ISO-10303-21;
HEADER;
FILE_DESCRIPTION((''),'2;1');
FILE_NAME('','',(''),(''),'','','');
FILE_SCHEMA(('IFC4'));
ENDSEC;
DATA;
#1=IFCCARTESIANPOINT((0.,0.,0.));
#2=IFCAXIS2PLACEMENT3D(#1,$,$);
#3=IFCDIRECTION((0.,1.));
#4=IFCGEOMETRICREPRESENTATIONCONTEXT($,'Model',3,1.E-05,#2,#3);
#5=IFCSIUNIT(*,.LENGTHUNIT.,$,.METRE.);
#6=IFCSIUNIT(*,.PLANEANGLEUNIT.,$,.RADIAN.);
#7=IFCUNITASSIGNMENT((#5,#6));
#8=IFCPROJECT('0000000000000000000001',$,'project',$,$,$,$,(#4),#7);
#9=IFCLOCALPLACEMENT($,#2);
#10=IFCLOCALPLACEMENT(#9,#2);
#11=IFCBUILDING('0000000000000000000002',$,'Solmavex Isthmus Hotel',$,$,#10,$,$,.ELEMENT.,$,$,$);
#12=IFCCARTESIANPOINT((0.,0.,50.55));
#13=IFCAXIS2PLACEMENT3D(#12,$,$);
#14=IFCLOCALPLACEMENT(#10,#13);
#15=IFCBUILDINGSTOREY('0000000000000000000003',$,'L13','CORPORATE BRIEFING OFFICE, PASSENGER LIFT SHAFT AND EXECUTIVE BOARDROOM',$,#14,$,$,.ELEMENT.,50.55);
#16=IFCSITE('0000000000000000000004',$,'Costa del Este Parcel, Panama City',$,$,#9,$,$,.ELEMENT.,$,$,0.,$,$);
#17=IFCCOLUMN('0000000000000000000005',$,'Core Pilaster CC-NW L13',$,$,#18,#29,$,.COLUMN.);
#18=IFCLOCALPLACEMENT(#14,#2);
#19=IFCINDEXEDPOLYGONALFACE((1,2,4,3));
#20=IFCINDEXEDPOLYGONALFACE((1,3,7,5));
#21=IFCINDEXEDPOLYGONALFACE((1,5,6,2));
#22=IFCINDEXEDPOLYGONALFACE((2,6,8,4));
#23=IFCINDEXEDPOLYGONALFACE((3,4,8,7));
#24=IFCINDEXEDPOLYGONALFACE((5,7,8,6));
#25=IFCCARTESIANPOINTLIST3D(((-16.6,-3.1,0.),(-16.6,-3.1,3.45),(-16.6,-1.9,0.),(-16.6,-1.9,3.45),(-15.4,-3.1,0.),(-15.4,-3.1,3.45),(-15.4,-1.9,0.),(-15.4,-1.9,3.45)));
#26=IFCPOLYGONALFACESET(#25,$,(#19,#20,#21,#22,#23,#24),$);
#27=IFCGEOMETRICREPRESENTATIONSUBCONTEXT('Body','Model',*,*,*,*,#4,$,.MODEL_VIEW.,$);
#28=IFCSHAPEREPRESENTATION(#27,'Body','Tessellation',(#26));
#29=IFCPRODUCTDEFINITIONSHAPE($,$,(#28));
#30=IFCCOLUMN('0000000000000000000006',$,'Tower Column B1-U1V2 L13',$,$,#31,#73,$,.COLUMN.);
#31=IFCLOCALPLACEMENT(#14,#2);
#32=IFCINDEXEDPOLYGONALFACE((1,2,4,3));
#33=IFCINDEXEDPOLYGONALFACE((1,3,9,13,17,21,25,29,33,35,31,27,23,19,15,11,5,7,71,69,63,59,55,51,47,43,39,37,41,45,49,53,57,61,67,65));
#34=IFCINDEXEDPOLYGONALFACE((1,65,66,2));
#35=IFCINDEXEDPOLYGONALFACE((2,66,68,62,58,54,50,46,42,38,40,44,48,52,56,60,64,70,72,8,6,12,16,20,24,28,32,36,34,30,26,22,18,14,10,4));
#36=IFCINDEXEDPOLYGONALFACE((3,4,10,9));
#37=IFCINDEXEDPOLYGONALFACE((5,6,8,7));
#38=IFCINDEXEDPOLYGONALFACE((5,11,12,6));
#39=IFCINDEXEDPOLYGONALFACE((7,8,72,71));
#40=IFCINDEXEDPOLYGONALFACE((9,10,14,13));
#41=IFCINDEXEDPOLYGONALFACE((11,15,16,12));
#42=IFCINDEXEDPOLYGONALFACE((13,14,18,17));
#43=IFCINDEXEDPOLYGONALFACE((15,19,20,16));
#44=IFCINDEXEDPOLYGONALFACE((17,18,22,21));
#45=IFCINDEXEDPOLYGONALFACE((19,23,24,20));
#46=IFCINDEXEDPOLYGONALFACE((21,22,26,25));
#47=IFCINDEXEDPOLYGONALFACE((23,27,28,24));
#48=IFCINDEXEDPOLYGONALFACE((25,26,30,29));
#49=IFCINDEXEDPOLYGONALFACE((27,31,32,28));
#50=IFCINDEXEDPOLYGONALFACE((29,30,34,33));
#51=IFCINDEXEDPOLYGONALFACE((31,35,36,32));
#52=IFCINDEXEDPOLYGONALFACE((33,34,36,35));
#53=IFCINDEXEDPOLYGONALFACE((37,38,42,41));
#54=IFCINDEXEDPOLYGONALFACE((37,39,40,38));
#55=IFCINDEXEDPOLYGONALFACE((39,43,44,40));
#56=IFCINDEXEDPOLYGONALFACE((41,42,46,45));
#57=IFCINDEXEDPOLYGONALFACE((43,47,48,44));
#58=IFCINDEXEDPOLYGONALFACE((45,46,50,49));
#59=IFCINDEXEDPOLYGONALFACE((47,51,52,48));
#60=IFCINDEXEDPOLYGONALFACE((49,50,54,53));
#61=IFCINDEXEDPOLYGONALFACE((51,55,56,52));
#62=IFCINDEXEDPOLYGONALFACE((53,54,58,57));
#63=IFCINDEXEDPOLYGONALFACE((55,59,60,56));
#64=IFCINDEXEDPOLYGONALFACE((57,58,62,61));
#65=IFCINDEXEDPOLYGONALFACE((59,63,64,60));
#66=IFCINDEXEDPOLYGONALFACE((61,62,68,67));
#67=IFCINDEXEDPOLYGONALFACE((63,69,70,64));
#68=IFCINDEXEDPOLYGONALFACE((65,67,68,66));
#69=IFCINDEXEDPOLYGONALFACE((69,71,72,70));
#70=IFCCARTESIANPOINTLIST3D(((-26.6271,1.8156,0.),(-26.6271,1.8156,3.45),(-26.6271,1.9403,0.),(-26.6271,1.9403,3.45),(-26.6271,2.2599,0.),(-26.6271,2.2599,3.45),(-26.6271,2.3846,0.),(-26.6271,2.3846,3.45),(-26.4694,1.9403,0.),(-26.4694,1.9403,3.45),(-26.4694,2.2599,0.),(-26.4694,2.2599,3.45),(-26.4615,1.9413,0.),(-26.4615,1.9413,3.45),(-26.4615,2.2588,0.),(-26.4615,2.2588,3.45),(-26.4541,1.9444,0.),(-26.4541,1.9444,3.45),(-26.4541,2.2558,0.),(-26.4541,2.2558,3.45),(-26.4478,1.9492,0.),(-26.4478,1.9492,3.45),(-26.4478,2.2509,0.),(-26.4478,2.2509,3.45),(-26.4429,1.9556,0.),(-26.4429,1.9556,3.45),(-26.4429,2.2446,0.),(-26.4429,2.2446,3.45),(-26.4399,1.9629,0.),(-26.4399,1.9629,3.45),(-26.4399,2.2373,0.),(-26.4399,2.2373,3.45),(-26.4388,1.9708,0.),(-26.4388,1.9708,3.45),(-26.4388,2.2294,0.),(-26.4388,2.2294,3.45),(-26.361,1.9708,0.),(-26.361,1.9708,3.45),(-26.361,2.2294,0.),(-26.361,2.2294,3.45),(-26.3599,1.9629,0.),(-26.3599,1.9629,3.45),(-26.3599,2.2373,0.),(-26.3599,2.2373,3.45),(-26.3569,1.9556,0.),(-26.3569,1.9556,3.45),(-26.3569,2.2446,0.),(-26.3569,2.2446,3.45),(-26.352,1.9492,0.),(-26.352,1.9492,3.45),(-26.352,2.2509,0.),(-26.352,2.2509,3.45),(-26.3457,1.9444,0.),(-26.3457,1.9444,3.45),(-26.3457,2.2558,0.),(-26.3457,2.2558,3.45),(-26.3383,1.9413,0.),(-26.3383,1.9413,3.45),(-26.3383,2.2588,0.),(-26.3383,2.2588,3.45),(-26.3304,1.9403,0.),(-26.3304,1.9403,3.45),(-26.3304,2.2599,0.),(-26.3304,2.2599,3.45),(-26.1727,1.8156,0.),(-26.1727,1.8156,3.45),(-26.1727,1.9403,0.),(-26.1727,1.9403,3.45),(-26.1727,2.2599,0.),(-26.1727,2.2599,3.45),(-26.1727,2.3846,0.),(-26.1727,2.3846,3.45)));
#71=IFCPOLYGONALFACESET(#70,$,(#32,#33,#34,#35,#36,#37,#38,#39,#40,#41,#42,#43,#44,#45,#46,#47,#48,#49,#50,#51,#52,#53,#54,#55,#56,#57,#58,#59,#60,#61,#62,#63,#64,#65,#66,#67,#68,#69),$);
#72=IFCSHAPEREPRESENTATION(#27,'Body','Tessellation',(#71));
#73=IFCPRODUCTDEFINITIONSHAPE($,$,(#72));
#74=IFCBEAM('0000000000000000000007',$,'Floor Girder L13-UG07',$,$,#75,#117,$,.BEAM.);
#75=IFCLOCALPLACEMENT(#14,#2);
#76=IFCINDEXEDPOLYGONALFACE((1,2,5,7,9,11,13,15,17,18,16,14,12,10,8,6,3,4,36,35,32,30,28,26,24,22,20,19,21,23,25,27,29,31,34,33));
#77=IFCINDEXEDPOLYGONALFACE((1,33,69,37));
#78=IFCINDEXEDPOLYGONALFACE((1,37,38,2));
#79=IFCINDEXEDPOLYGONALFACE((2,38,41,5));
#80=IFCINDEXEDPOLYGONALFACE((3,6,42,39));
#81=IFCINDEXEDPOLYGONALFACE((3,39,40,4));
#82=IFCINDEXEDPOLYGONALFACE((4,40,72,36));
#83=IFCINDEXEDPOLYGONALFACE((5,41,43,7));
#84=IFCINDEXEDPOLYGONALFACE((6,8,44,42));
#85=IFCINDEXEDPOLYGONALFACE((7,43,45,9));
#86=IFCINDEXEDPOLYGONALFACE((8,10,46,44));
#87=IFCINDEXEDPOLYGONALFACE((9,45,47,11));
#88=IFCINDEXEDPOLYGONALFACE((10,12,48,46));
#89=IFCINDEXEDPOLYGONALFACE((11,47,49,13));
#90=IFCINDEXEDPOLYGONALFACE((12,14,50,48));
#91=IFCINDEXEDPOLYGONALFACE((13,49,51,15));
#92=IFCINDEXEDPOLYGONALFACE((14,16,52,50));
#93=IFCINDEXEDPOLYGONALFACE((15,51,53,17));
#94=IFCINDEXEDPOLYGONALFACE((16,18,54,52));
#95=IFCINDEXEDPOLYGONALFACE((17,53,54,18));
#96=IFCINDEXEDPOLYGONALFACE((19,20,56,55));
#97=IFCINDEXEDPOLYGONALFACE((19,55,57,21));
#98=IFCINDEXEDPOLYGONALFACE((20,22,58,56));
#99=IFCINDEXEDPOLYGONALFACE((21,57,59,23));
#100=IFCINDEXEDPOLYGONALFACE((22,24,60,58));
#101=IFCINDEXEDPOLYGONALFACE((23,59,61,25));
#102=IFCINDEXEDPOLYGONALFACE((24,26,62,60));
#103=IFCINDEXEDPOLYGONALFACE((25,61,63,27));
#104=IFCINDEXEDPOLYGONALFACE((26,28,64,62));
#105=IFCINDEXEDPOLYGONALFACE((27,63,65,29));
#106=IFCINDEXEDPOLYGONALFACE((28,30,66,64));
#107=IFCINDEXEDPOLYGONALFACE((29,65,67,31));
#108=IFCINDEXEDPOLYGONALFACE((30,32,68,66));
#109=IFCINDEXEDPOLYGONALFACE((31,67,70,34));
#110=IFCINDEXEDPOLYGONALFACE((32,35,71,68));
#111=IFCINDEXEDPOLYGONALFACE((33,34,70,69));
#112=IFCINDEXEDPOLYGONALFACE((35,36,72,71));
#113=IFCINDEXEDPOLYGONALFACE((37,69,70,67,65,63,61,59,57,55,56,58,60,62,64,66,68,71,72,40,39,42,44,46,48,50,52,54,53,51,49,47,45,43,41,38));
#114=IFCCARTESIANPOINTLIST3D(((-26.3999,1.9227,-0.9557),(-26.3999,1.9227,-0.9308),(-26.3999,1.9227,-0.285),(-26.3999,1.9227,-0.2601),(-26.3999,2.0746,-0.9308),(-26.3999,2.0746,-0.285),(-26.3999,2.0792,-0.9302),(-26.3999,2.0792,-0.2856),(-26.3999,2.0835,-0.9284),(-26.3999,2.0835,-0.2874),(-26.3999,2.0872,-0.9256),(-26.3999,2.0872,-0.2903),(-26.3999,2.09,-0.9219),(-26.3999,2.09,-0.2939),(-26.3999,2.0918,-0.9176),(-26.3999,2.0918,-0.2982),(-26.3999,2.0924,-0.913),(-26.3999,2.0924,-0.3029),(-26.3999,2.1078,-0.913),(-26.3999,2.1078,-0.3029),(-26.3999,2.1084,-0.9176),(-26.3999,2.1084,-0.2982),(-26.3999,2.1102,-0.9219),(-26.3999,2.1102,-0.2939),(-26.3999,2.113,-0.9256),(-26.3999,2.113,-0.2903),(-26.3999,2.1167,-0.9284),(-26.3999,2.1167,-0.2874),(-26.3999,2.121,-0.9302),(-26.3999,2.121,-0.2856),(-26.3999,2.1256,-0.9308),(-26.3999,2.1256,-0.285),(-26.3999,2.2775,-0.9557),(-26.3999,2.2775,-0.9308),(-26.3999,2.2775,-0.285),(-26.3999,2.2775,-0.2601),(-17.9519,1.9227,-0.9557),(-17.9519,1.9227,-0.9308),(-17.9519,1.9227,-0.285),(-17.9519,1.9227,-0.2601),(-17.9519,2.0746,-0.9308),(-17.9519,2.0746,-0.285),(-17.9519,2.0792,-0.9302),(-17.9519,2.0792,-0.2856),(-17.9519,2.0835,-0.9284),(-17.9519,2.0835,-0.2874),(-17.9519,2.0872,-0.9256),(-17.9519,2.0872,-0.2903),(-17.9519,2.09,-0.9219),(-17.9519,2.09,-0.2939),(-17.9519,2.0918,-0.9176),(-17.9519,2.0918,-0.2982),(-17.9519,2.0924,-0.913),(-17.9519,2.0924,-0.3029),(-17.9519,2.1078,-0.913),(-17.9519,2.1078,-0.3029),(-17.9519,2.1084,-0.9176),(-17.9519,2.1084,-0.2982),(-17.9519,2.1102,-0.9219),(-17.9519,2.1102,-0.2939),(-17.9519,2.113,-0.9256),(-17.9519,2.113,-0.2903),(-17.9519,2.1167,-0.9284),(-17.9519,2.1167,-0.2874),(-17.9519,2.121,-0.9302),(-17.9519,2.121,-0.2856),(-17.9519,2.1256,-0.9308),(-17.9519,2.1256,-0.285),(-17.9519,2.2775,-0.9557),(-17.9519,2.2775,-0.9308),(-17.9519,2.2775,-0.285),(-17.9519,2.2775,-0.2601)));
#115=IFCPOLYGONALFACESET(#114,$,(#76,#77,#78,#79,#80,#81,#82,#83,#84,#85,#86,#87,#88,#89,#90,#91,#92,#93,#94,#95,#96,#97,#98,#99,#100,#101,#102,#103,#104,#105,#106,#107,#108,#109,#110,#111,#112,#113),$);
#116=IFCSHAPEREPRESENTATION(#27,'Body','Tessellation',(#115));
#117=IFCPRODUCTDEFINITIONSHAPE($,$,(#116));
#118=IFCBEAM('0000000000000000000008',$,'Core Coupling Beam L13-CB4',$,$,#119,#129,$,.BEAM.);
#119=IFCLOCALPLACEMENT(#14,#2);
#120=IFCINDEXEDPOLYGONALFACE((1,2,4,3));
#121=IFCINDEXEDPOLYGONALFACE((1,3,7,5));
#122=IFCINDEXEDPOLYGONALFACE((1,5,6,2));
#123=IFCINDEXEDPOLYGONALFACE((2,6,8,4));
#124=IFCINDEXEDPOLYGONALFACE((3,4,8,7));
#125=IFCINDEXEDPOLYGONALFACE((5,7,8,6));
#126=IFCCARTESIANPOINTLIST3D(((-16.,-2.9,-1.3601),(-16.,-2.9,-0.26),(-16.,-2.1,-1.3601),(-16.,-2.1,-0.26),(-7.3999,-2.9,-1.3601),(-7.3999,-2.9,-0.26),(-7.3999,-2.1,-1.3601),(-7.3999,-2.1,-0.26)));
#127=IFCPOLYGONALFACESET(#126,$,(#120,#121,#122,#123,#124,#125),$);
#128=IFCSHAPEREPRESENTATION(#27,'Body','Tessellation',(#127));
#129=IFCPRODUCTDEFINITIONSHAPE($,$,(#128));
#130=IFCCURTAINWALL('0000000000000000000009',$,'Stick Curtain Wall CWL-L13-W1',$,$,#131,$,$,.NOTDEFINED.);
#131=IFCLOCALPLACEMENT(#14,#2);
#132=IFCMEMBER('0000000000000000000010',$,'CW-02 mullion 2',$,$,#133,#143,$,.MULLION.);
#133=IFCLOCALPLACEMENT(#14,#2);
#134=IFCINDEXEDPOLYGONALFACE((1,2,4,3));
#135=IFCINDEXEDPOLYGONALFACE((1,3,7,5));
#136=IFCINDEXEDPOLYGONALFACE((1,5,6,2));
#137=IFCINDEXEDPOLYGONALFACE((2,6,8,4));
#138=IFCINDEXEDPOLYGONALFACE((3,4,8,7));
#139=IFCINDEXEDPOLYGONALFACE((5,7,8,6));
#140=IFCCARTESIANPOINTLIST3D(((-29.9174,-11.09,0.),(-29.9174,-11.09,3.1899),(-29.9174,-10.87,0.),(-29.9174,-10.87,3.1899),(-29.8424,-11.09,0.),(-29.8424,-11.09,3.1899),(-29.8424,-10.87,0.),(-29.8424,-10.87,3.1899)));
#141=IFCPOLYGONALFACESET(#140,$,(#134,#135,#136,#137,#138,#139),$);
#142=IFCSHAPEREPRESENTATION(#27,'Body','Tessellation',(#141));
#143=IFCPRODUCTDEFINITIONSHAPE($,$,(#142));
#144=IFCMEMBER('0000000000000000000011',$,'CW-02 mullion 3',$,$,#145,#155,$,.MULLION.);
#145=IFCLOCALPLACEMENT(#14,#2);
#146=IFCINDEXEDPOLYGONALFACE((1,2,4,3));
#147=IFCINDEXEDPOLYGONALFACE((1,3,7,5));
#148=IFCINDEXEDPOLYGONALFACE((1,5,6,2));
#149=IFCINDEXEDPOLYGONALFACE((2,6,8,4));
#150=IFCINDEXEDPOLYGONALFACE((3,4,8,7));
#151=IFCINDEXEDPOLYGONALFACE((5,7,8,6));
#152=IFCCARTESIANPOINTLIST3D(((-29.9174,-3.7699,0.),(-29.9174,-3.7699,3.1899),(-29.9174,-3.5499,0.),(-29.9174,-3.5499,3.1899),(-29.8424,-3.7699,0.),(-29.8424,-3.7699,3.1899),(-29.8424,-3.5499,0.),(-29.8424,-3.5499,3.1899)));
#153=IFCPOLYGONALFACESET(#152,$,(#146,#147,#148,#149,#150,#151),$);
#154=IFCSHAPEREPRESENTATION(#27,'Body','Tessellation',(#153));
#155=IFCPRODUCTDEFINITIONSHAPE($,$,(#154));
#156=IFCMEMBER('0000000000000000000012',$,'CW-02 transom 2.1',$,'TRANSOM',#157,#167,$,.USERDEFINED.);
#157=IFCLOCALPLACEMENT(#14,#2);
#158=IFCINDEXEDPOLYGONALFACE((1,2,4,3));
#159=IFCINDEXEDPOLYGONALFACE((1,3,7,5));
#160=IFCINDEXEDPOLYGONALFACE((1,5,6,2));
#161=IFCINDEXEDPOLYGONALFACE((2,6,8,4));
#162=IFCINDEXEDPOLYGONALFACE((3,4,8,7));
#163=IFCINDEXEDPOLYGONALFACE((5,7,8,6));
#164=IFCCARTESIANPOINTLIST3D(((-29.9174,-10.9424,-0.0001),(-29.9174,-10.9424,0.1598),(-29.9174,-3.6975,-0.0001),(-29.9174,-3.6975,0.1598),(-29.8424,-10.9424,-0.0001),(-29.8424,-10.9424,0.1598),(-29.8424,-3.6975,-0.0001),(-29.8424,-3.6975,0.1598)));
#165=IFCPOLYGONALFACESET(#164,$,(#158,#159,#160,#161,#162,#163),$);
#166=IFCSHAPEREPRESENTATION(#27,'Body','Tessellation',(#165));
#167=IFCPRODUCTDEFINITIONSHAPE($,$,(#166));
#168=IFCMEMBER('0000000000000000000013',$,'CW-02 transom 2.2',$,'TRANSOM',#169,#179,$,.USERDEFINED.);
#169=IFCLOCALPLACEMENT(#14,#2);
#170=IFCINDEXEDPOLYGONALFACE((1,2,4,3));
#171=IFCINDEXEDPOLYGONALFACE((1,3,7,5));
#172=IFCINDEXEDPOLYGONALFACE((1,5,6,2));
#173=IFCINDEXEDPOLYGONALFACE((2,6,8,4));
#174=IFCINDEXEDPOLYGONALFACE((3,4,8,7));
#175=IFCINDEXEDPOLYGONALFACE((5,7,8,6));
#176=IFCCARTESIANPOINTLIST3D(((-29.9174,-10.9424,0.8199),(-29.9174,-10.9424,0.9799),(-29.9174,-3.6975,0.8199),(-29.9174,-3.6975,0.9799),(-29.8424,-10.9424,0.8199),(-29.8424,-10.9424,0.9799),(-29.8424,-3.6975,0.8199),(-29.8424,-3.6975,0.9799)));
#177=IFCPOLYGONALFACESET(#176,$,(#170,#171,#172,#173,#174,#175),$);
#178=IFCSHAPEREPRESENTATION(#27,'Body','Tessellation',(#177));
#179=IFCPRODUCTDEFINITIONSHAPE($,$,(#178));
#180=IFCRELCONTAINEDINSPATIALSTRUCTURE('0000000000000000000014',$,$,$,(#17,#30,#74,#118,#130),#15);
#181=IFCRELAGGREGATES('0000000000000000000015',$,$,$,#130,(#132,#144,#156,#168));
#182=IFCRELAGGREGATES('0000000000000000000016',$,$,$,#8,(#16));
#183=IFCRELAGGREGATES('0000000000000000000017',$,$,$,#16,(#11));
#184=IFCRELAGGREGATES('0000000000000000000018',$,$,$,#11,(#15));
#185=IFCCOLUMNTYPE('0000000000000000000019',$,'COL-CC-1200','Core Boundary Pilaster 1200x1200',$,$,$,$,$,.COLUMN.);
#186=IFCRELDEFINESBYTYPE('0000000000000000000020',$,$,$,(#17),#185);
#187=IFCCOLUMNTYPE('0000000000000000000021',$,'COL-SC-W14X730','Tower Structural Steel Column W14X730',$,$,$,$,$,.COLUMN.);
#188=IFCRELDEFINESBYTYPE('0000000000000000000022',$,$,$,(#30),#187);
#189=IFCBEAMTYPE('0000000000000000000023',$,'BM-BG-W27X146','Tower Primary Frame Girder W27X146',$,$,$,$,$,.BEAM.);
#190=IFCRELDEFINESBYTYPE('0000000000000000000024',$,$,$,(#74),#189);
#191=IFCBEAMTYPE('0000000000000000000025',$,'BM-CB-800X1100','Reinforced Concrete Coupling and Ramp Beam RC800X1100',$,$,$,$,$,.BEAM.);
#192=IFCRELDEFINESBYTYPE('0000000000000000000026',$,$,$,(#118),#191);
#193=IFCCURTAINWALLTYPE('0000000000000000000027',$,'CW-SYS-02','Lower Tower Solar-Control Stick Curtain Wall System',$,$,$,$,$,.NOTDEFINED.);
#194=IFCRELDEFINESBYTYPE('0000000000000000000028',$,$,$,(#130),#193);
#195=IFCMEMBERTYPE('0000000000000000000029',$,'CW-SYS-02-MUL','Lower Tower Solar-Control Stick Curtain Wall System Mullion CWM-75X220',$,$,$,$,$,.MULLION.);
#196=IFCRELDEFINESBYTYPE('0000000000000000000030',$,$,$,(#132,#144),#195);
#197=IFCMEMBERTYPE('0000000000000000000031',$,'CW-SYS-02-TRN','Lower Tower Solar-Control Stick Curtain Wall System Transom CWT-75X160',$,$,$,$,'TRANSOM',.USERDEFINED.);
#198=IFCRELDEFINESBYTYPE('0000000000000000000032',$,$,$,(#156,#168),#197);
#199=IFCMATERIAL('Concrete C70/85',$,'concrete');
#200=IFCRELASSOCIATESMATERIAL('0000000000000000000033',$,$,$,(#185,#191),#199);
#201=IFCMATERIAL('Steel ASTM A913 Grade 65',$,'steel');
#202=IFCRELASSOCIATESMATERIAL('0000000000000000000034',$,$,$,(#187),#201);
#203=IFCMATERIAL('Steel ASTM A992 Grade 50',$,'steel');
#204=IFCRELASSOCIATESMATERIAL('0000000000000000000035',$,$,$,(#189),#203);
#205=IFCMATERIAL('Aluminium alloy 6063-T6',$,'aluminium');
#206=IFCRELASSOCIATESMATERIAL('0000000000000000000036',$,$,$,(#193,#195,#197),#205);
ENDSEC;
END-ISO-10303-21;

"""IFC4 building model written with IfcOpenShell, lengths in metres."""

from ifc_helpers import new_model, si_unit, direction, frame, origin, origin_2d, place, context, subcontext, project, spatial, rectangle, i_section, extrude, material, material_profile, profile_set, type_object, element, aggregate, save


model = new_model("IFC4")

# Units and contexts
model_context = context("Model", 3, precision=1e-05, world=origin(), true_north=direction((0.0, 1.0)))
body_context = subcontext(model_context, "Body", "Model", "MODEL_VIEW")
ifc_project = project(units=[si_unit("LENGTHUNIT", "METRE"), si_unit("PLANEANGLEUNIT", "RADIAN")], contexts=[model_context])

# Site, building, storey
site_placement = place(None, origin())
site = spatial("IfcSite", under=ifc_project, at=site_placement, Name="Costa del Este Parcel, Panama City", CompositionType="ELEMENT", RefElevation=0.0)
building_placement = place(site_placement, origin())
building = spatial("IfcBuilding", under=site, at=building_placement, Name="Solmavex Isthmus Hotel", CompositionType="ELEMENT")
storey_placement = place(building_placement, frame((0.0, 0.0, 50.55)))
storey = spatial("IfcBuildingStorey", under=building, at=storey_placement, Name="L13", Description="CORPORATE BRIEFING OFFICE, PASSENGER LIFT SHAFT AND EXECUTIVE BOARDROOM", CompositionType="ELEMENT", Elevation=50.55)

# Columns
ifc_material_1 = material(Name="Concrete C70/85", Category="concrete")
ifc_material_profile_1 = material_profile(ifc_material_1, rectangle(XDim=1.2, YDim=1.2, at=origin_2d()), Name="RC1200X1200")
ifc_profile_set_1 = profile_set([ifc_material_profile_1], Name="Concrete C70/85")
column_type_1 = type_object("IfcColumnType", Name="COL-CC-1200", Description="Core Boundary Pilaster 1200x1200", PredefinedType="COLUMN", material=ifc_profile_set_1)
column_1_placement = place(storey_placement, frame((-16.0, -2.5, 0.0), z_axis=(0.0, 0.0, 1.0), x_axis=(1.0, 0.0, 0.0)))
element("IfcColumn", 1, at=column_1_placement, inside=storey, type_object=column_type_1, Name="Core Pilaster CC-NW L13", PredefinedType="COLUMN", context=body_context, shape_type="SweptSolid", body=[
    extrude(rectangle(XDim=1.2, YDim=1.2, at=origin_2d()), origin(), (0.0, 0.0, 1.0), 3.45),
])
ifc_material_2 = material(Name="Steel ASTM A913 Grade 65", Category="steel")
ifc_material_profile_2 = material_profile(ifc_material_2, i_section(OverallWidth=0.4543, OverallDepth=0.5691, WebThickness=0.0779, FlangeThickness=0.1248, FilletRadius=0.0305, at=origin_2d()), Name="W14X730")
ifc_profile_set_2 = profile_set([ifc_material_profile_2], Name="Steel ASTM A913 Grade 65")
column_type_2 = type_object("IfcColumnType", Name="COL-SC-W14X730", Description="Tower Structural Steel Column W14X730", PredefinedType="COLUMN", material=ifc_profile_set_2)
column_2_placement = place(storey_placement, frame((-26.3999, 2.1001, 0.0), z_axis=(0.0, 0.0, 1.0), x_axis=(1.0, 0.0, 0.0)))
element("IfcColumn", 2, at=column_2_placement, inside=storey, type_object=column_type_2, Name="Tower Column B1-U1V2 L13", PredefinedType="COLUMN", context=body_context, shape_type="SweptSolid", body=[
    extrude(i_section(OverallWidth=0.4543, OverallDepth=0.5691, WebThickness=0.0779, FlangeThickness=0.1248, FilletRadius=0.0305, at=origin_2d()), origin(), (0.0, 0.0, 1.0), 3.45),
])

# Beams
ifc_material_3 = material(Name="Steel ASTM A992 Grade 50", Category="steel")
ifc_material_profile_3 = material_profile(ifc_material_3, i_section(OverallWidth=0.3547, OverallDepth=0.6956, WebThickness=0.0154, FlangeThickness=0.0249, FilletRadius=0.0178, at=origin_2d()), Name="W27X146")
ifc_profile_set_3 = profile_set([ifc_material_profile_3], Name="Steel ASTM A992 Grade 50")
beam_type_1 = type_object("IfcBeamType", Name="BM-BG-W27X146", Description="Tower Primary Frame Girder W27X146", PredefinedType="BEAM", material=ifc_profile_set_3)
beam_1_placement = place(storey_placement, frame((-26.3999, 2.1001, -0.6079), z_axis=(1.0, 0.0, 0.0), x_axis=(0.0, 1.0, 0.0)))
element("IfcBeam", 3, at=beam_1_placement, inside=storey, type_object=beam_type_1, Name="Floor Girder L13-UG07", PredefinedType="BEAM", context=body_context, shape_type="SweptSolid", body=[
    extrude(i_section(OverallWidth=0.3547, OverallDepth=0.6956, WebThickness=0.0154, FlangeThickness=0.0249, FilletRadius=0.0178, at=origin_2d()), origin(), (0.0, 0.0, 1.0), 8.448),
])
ifc_material_profile_4 = material_profile(ifc_material_1, rectangle(XDim=0.8, YDim=1.1001, at=origin_2d()), Name="RC800X1100")
ifc_profile_set_4 = profile_set([ifc_material_profile_4], Name="Concrete C70/85")
beam_type_2 = type_object("IfcBeamType", Name="BM-CB-800X1100", Description="Reinforced Concrete Coupling and Ramp Beam RC800X1100", PredefinedType="BEAM", material=ifc_profile_set_4)
beam_2_placement = place(storey_placement, frame((-16.0, -2.5, -0.8101), z_axis=(1.0, 0.0, 0.0), x_axis=(0.0, 1.0, 0.0)))
element("IfcBeam", 4, at=beam_2_placement, inside=storey, type_object=beam_type_2, Name="Core Coupling Beam L13-CB4", PredefinedType="BEAM", context=body_context, shape_type="SweptSolid", body=[
    extrude(rectangle(XDim=0.8, YDim=1.1001, at=origin_2d()), origin(), (0.0, 0.0, 1.0), 8.6001),
])

# Curtain wall, members
ifc_material_4 = material(Name="Aluminium alloy 6063-T6", Category="aluminium")
curtain_wall_type = type_object("IfcCurtainWallType", Name="CW-SYS-02", Description="Lower Tower Solar-Control Stick Curtain Wall System", PredefinedType="NOTDEFINED", material=ifc_material_4)
curtain_wall_placement = place(storey_placement, origin())
curtain_wall = element("IfcCurtainWall", 5, at=curtain_wall_placement, inside=storey, type_object=curtain_wall_type, Name="Stick Curtain Wall CWL-L13-W1", PredefinedType="NOTDEFINED")
ifc_material_profile_5 = material_profile(ifc_material_4, rectangle(XDim=0.075, YDim=0.22, at=origin_2d()), Name="CWM-75X220")
ifc_profile_set_5 = profile_set([ifc_material_profile_5], Name="Aluminium alloy 6063-T6")
member_type_1 = type_object("IfcMemberType", Name="CW-SYS-02-MUL", Description="Lower Tower Solar-Control Stick Curtain Wall System Mullion CWM-75X220", PredefinedType="MULLION", material=ifc_profile_set_5)
member_1_placement = place(storey_placement, frame((-29.8799, -10.98, 0.0), z_axis=(0.0, 0.0, 1.0), x_axis=(-1.0, 0.0, 0.0)))
member_1 = element("IfcMember", 6, at=member_1_placement, type_object=member_type_1, Name="CW-02 mullion 2", PredefinedType="MULLION", context=body_context, shape_type="SweptSolid", body=[
    extrude(rectangle(XDim=0.075, YDim=0.22, at=origin_2d()), origin(), (0.0, 0.0, 1.0), 3.1899),
])
member_2_placement = place(storey_placement, frame((-29.8799, -3.6599, 0.0), z_axis=(0.0, 0.0, 1.0), x_axis=(-1.0, 0.0, 0.0)))
member_2 = element("IfcMember", 7, at=member_2_placement, type_object=member_type_1, Name="CW-02 mullion 3", PredefinedType="MULLION", context=body_context, shape_type="SweptSolid", body=[
    extrude(rectangle(XDim=0.075, YDim=0.22, at=origin_2d()), origin(), (0.0, 0.0, 1.0), 3.1899),
])
ifc_material_profile_6 = material_profile(ifc_material_4, rectangle(XDim=0.075, YDim=0.1599, at=origin_2d()), Name="CWT-75X160")
ifc_profile_set_6 = profile_set([ifc_material_profile_6], Name="Aluminium alloy 6063-T6")
member_type_2 = type_object("IfcMemberType", Name="CW-SYS-02-TRN", Description="Lower Tower Solar-Control Stick Curtain Wall System Transom CWT-75X160", ElementType="TRANSOM", PredefinedType="USERDEFINED", material=ifc_profile_set_6)
member_3_placement = place(storey_placement, frame((-29.8799, -10.9424, 0.0798), z_axis=(0.0, 1.0, 0.0), x_axis=(-1.0, 0.0, 0.0)))
member_3 = element("IfcMember", 8, at=member_3_placement, type_object=member_type_2, Name="CW-02 transom 2.1", ObjectType="TRANSOM", PredefinedType="USERDEFINED", context=body_context, shape_type="SweptSolid", body=[
    extrude(rectangle(XDim=0.075, YDim=0.1599, at=origin_2d()), origin(), (0.0, 0.0, 1.0), 7.2449),
])
member_4_placement = place(storey_placement, frame((-29.8799, -10.9424, 0.8999), z_axis=(0.0, 1.0, 0.0), x_axis=(-1.0, 0.0, 0.0)))
member_4 = element("IfcMember", 9, at=member_4_placement, type_object=member_type_2, Name="CW-02 transom 2.2", ObjectType="TRANSOM", PredefinedType="USERDEFINED", context=body_context, shape_type="SweptSolid", body=[
    extrude(rectangle(XDim=0.075, YDim=0.1599, at=origin_2d()), origin(), (0.0, 0.0, 1.0), 7.2449),
])
aggregate(curtain_wall, [member_1, member_2, member_3, member_4])

save(model, "model.ifc")
